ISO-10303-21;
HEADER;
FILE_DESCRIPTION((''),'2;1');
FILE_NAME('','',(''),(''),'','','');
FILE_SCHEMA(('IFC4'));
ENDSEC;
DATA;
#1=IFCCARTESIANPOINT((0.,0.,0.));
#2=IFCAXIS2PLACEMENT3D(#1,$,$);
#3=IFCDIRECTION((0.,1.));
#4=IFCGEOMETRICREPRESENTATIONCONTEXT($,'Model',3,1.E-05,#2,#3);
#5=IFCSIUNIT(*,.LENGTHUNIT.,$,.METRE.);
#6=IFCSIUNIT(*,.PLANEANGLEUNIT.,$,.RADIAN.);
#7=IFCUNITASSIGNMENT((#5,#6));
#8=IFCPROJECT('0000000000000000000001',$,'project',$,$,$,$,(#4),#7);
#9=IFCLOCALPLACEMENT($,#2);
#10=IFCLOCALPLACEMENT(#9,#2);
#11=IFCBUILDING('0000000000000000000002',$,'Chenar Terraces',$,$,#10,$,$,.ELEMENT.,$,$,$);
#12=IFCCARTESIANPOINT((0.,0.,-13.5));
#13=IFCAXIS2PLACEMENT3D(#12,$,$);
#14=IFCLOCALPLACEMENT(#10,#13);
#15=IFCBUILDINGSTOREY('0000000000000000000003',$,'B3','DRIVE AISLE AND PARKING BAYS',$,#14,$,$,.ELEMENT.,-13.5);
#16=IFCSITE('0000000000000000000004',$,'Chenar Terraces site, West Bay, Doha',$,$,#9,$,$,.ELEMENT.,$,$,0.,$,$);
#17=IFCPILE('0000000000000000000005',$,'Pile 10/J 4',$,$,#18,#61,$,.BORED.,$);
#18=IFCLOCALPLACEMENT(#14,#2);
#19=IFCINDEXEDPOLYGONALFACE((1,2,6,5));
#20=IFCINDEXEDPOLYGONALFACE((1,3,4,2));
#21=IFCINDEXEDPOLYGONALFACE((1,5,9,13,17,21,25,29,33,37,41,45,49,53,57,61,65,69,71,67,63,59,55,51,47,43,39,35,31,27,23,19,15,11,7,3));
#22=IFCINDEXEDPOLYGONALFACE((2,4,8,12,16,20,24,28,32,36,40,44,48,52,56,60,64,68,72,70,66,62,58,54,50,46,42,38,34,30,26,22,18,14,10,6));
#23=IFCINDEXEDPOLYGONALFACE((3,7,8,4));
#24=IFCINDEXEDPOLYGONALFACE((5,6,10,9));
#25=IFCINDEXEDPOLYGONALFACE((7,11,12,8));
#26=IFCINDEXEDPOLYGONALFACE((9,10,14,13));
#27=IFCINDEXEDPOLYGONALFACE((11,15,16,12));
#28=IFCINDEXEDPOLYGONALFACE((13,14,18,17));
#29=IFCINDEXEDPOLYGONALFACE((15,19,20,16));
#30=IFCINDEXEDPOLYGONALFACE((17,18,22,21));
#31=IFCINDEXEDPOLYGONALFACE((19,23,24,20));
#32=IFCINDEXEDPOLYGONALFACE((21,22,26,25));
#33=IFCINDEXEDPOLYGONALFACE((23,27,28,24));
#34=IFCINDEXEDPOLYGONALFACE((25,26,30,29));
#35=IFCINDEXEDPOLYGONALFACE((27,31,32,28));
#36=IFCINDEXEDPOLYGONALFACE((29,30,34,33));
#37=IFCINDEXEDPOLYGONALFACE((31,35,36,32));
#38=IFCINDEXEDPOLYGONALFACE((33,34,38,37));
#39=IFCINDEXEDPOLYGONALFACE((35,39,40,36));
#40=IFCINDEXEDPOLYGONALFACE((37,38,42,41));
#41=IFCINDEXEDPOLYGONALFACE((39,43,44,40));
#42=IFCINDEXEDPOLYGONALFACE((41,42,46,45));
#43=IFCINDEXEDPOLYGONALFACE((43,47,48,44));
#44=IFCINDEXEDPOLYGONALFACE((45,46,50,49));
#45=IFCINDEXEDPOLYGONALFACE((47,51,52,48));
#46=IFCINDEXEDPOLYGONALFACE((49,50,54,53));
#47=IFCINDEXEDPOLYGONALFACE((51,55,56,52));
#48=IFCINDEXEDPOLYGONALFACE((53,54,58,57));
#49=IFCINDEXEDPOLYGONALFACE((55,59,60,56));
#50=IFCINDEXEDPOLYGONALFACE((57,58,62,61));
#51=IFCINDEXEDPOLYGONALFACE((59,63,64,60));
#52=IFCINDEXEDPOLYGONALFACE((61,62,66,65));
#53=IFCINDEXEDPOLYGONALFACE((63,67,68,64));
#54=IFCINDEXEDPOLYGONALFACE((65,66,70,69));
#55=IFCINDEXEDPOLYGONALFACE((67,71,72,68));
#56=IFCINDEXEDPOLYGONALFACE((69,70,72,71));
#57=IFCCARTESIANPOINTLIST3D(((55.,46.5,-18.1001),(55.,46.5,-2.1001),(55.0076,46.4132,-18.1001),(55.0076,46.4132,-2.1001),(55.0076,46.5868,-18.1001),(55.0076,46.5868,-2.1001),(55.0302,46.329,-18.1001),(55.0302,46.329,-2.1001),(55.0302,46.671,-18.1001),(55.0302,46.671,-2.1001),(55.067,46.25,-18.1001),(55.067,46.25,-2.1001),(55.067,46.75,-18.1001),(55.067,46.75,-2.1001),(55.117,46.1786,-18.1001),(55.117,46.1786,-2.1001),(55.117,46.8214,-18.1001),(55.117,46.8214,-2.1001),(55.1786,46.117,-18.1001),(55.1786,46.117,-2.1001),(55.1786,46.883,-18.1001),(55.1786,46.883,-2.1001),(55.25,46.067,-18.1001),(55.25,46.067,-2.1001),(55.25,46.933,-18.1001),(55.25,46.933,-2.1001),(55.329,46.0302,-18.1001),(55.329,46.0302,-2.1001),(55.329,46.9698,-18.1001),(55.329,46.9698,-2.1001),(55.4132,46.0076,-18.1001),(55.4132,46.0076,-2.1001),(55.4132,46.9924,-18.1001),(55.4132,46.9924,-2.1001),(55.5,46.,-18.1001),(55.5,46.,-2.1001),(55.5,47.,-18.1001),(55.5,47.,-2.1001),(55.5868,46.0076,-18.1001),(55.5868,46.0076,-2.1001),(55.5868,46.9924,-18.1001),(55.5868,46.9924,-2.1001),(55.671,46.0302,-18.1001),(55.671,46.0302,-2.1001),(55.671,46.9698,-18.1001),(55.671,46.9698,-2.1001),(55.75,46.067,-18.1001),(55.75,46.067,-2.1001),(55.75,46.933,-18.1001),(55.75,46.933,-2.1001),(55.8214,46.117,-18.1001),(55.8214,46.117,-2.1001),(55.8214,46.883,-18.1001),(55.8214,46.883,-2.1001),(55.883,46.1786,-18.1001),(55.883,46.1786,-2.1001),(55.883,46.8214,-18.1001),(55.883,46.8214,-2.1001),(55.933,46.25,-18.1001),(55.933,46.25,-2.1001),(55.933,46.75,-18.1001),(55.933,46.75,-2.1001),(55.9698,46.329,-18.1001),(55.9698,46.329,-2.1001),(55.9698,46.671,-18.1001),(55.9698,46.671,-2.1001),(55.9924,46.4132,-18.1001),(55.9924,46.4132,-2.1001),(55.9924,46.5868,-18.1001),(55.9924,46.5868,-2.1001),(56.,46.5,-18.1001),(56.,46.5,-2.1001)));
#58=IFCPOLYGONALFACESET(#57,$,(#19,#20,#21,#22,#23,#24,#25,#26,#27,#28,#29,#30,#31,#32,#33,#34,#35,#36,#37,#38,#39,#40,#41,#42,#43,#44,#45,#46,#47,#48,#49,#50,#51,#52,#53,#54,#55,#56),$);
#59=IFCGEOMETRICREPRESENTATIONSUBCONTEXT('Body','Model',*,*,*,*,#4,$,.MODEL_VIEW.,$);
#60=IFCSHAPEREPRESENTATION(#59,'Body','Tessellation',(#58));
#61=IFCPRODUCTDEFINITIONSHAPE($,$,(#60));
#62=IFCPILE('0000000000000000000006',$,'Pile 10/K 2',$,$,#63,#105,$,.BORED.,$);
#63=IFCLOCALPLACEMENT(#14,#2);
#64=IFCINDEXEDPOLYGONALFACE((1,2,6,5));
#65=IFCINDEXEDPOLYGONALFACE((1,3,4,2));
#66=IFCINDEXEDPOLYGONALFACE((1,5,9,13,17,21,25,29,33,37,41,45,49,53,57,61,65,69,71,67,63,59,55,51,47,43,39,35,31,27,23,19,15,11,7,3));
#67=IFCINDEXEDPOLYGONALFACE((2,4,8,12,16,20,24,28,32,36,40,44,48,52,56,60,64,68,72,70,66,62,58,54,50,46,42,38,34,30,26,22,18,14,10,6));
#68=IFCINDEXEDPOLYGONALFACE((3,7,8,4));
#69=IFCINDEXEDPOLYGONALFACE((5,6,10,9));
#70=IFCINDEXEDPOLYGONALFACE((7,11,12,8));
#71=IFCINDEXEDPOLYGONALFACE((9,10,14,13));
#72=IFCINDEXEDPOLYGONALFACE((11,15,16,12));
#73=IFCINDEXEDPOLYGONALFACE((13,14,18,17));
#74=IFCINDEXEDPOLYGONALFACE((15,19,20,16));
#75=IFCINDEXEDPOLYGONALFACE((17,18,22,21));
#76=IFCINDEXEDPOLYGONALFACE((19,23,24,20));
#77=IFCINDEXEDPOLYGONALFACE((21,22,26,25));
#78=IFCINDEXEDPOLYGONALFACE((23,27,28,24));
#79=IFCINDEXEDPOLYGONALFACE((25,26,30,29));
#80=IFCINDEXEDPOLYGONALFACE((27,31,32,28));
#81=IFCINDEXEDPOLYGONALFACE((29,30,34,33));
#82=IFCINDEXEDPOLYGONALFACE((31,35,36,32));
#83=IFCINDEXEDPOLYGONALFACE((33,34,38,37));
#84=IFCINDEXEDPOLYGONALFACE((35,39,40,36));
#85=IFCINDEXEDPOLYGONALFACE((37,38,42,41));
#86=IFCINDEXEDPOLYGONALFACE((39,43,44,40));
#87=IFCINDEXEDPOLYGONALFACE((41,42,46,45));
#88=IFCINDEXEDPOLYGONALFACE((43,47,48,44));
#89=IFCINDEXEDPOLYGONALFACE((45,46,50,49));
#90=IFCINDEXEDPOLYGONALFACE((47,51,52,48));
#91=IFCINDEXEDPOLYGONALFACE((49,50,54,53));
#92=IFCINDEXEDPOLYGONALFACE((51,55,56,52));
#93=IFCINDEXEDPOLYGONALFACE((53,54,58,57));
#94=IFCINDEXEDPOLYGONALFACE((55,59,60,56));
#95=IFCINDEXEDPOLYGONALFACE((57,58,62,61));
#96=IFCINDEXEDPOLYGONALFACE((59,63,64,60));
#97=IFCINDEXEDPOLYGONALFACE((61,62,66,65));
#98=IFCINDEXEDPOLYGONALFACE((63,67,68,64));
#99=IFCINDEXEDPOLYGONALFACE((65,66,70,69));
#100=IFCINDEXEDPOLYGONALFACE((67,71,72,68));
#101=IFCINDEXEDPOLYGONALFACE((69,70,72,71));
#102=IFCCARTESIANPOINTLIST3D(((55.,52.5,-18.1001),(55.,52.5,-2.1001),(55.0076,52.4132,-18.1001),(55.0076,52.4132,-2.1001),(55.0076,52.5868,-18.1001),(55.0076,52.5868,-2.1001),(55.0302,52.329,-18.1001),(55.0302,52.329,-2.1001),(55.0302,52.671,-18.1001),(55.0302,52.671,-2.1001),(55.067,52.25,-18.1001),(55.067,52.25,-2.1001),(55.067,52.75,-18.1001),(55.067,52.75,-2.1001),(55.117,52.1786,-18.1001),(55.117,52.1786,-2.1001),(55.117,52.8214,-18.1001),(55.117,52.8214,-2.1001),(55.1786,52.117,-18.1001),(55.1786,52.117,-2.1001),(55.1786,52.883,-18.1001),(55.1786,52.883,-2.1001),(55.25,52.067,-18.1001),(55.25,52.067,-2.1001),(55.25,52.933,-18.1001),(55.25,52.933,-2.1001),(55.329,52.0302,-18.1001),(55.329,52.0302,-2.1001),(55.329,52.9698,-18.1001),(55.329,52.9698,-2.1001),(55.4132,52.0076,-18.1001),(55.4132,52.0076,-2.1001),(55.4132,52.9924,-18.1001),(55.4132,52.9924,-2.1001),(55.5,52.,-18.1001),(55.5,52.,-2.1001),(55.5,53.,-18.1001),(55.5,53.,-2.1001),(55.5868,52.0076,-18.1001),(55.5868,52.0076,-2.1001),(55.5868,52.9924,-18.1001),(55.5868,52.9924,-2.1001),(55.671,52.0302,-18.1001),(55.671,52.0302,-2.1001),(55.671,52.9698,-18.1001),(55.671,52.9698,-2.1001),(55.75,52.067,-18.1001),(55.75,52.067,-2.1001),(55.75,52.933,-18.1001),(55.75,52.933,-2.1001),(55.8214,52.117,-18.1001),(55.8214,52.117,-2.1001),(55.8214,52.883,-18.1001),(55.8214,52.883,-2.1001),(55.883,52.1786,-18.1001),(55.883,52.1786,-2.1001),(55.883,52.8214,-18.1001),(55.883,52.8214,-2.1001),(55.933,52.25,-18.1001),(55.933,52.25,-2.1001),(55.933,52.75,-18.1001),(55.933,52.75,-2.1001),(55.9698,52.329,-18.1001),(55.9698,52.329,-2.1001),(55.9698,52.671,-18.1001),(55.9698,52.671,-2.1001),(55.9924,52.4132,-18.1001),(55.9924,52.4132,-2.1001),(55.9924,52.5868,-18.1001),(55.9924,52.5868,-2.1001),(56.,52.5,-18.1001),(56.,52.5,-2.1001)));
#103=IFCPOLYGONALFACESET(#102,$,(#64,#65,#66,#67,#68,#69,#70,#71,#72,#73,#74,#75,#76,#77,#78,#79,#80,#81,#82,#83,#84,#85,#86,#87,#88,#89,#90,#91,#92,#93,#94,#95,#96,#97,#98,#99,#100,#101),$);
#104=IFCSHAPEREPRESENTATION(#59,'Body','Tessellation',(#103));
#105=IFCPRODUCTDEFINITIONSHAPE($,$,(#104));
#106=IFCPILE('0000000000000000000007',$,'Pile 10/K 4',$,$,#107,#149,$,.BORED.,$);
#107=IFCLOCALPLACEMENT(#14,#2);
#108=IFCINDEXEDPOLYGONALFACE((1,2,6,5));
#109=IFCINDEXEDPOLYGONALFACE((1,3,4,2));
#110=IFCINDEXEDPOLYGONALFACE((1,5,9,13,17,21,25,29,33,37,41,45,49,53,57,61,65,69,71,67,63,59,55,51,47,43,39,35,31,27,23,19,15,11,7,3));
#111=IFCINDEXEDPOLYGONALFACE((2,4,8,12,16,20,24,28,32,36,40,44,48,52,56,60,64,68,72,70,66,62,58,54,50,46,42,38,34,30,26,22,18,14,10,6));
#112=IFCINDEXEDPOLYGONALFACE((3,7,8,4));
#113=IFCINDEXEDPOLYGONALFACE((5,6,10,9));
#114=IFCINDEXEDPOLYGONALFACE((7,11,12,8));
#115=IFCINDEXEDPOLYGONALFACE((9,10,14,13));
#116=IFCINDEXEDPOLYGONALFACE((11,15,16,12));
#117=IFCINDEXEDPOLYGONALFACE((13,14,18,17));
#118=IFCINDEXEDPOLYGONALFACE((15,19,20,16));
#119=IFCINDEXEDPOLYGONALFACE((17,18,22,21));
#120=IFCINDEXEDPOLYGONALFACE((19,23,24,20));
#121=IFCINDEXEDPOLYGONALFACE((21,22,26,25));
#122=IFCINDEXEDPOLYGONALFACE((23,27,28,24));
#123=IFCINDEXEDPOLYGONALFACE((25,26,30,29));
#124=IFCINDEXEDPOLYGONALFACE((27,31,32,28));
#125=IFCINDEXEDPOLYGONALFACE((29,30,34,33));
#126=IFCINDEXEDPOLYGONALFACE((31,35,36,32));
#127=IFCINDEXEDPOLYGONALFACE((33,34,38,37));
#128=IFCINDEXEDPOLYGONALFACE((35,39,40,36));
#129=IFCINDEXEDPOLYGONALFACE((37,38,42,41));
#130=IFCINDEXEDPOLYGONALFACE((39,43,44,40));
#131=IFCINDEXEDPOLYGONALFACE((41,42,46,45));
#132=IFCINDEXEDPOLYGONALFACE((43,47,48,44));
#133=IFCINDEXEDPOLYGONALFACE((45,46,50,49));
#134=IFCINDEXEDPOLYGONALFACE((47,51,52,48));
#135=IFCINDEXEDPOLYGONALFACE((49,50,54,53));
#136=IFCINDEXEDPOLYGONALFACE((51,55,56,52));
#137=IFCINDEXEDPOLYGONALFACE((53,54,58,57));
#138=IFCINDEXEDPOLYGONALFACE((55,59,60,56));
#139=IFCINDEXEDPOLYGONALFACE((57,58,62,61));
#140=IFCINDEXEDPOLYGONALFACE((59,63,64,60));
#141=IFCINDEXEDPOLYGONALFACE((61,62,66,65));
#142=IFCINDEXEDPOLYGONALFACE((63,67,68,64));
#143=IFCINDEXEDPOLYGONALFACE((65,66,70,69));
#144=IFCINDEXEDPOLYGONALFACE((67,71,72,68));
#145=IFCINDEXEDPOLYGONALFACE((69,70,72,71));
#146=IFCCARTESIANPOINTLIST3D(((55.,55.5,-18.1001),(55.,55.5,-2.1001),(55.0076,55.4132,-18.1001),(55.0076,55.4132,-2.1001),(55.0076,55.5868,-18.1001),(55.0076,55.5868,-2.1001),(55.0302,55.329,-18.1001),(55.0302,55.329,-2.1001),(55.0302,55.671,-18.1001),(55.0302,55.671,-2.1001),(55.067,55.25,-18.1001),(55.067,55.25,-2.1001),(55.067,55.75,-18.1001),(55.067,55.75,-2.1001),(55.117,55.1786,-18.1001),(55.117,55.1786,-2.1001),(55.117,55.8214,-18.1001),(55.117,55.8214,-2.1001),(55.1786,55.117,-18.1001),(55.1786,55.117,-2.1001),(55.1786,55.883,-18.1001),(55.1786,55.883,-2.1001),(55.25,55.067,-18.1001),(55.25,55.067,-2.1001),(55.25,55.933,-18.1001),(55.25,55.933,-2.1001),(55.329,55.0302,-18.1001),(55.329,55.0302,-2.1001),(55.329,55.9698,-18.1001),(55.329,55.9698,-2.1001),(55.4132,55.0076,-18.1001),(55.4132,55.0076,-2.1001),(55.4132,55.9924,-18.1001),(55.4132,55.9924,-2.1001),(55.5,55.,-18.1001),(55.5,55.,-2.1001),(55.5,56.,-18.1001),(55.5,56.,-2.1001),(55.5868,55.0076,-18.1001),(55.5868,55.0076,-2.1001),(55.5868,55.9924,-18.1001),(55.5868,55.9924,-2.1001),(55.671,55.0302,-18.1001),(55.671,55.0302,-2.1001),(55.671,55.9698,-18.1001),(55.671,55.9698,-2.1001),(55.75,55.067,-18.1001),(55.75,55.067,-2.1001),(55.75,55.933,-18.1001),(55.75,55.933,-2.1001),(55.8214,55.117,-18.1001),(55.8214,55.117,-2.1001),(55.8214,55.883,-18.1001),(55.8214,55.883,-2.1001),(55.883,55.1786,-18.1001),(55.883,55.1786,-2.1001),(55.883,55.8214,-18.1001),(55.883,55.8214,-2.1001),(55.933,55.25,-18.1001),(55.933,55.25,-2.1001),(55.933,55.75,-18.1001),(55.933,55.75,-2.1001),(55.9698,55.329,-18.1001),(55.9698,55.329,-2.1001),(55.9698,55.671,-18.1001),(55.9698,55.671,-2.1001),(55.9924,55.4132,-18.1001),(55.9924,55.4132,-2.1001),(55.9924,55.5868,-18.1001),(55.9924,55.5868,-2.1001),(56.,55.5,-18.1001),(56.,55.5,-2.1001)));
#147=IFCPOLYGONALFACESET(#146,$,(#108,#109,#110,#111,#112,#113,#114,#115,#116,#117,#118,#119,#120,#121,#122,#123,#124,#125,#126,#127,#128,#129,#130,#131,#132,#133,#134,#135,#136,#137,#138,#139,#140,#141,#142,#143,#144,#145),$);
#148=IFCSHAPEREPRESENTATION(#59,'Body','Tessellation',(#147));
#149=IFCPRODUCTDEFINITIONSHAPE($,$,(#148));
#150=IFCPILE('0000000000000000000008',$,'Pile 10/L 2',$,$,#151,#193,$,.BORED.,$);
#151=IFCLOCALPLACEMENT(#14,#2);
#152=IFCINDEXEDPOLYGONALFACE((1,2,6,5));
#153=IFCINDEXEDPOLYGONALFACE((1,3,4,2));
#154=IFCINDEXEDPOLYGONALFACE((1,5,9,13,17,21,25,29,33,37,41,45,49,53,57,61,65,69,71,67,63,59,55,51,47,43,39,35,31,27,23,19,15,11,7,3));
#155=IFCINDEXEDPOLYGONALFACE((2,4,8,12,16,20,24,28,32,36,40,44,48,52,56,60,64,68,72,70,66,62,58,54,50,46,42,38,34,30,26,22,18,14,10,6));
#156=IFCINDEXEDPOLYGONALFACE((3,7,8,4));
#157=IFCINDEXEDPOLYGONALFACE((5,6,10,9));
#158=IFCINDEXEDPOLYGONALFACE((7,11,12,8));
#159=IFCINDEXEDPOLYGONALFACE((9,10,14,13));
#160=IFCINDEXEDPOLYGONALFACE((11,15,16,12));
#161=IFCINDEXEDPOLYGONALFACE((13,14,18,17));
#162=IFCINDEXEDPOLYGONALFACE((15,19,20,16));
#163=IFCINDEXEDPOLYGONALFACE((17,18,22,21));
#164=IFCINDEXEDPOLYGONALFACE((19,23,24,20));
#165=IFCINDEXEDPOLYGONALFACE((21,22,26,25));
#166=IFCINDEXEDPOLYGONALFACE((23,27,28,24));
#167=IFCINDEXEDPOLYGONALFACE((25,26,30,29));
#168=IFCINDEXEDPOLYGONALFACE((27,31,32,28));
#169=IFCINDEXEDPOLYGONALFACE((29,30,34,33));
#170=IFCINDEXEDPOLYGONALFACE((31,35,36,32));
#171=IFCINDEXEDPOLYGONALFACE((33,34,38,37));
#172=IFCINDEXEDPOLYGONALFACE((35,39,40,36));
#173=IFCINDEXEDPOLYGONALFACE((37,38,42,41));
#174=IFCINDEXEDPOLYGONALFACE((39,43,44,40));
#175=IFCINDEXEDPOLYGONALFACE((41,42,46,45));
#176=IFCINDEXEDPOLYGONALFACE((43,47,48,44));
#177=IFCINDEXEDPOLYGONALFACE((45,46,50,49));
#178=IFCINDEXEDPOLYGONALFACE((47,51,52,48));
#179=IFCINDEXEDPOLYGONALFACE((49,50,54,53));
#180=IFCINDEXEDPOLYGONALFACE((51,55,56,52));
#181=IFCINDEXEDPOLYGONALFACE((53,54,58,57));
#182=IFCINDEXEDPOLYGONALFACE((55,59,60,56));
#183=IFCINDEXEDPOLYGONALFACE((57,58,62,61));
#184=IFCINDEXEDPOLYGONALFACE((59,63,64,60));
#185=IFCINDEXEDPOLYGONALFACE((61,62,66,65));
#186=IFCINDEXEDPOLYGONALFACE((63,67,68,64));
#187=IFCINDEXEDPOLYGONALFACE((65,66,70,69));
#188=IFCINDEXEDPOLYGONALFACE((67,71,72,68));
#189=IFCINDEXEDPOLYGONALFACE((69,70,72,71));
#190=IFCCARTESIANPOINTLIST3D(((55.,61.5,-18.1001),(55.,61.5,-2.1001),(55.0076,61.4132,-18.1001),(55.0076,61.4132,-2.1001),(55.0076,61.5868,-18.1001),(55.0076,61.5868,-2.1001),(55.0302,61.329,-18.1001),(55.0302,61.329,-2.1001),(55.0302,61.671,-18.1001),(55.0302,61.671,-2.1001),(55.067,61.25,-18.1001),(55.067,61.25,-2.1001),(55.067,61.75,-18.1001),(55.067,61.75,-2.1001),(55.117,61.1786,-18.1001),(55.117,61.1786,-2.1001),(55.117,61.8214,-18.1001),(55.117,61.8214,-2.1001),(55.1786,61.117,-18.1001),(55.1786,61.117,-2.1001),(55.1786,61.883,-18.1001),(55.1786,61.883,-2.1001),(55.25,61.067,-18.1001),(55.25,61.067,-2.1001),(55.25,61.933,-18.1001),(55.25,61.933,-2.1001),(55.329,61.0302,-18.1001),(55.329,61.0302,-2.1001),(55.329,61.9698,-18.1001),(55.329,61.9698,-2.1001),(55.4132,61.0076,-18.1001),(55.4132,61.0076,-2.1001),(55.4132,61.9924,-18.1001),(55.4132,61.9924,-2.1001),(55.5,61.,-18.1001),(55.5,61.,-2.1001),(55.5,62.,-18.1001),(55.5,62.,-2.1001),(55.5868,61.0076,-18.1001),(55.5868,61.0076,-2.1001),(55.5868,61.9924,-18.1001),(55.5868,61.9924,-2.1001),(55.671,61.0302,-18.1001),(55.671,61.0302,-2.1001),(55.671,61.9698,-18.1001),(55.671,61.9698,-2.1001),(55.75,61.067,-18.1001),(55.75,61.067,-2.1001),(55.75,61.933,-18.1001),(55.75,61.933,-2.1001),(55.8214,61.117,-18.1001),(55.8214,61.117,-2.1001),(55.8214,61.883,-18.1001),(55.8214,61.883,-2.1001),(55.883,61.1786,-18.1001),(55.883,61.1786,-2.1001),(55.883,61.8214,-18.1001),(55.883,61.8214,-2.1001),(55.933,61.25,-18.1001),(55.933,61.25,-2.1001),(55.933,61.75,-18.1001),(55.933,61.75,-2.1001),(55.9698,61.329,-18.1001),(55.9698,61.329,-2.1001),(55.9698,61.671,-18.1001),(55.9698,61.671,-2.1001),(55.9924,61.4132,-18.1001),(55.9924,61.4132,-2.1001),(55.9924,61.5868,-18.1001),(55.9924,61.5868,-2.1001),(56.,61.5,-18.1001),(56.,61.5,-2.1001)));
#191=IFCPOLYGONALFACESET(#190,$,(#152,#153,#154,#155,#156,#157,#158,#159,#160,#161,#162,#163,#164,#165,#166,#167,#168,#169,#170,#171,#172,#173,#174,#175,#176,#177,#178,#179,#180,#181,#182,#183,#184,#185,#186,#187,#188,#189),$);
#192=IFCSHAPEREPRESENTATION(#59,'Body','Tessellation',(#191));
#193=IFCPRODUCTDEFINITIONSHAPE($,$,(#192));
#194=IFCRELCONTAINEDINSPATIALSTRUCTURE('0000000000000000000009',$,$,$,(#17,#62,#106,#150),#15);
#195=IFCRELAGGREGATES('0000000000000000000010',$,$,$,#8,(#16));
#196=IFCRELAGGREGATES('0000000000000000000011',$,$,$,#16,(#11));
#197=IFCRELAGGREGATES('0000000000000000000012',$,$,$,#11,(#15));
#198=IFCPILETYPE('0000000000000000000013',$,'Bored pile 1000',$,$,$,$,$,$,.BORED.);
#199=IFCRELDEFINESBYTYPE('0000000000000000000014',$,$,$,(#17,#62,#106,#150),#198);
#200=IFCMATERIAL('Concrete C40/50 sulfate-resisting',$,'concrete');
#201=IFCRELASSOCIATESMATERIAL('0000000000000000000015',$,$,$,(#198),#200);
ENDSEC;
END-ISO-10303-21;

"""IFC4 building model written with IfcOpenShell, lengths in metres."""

from ifc_helpers import new_model, si_unit, direction, frame, origin, origin_2d, place, context, subcontext, project, spatial, circle, extrude, material, material_profile, profile_set, type_object, element, save


model = new_model("IFC4")

# Units and contexts
model_context = context("Model", 3, precision=1e-05, world=origin(), true_north=direction((0.0, 1.0)))
body_context = subcontext(model_context, "Body", "Model", "MODEL_VIEW")
ifc_project = project(units=[si_unit("LENGTHUNIT", "METRE"), si_unit("PLANEANGLEUNIT", "RADIAN")], contexts=[model_context])

# Site, building, storey
site_placement = place(None, origin())
site = spatial("IfcSite", under=ifc_project, at=site_placement, Name="Chenar Terraces site, West Bay, Doha", CompositionType="ELEMENT", RefElevation=0.0)
building_placement = place(site_placement, origin())
building = spatial("IfcBuilding", under=site, at=building_placement, Name="Chenar Terraces", CompositionType="ELEMENT")
storey_placement = place(building_placement, frame((0.0, 0.0, -13.5)))
storey = spatial("IfcBuildingStorey", under=building, at=storey_placement, Name="B3", Description="DRIVE AISLE AND PARKING BAYS", CompositionType="ELEMENT", Elevation=-13.5)

# Piles
ifc_material_1 = material(Name="Concrete C40/50 sulfate-resisting", Category="concrete")
ifc_material_profile_1 = material_profile(ifc_material_1, circle(Radius=0.5, at=origin_2d()), Name="BP 1000")
ifc_profile_set_1 = profile_set([ifc_material_profile_1], Name="Concrete C40/50 sulfate-resisting")
pile_type = type_object("IfcPileType", Name="Bored pile 1000", PredefinedType="BORED", material=ifc_profile_set_1)
for number, where, z_axis, x_axis, name in (
    (1, (55.5, 46.5, -2.1001), (0.0, 0.0, -1.0), (1.0, 0.0, 0.0), "Pile 10/J 4"),
    (2, (55.5, 52.5, -2.1001), (0.0, 0.0, -1.0), (1.0, 0.0, 0.0), "Pile 10/K 2"),
    (3, (55.5, 55.5, -2.1001), (0.0, 0.0, -1.0), (1.0, 0.0, 0.0), "Pile 10/K 4"),
    (4, (55.5, 61.5, -2.1001), (0.0, 0.0, -1.0), (1.0, 0.0, 0.0), "Pile 10/L 2"),
):
    element("IfcPile", number, at=place(storey_placement, frame(where, z_axis=z_axis, x_axis=x_axis)), inside=storey, type_object=pile_type, Name=name, PredefinedType="BORED", context=body_context, shape_type="SweptSolid", body=[
        extrude(circle(Radius=0.5, at=origin_2d()), origin(), (0.0, 0.0, 1.0), 16.0),
    ])

save(model, "model.ifc")
